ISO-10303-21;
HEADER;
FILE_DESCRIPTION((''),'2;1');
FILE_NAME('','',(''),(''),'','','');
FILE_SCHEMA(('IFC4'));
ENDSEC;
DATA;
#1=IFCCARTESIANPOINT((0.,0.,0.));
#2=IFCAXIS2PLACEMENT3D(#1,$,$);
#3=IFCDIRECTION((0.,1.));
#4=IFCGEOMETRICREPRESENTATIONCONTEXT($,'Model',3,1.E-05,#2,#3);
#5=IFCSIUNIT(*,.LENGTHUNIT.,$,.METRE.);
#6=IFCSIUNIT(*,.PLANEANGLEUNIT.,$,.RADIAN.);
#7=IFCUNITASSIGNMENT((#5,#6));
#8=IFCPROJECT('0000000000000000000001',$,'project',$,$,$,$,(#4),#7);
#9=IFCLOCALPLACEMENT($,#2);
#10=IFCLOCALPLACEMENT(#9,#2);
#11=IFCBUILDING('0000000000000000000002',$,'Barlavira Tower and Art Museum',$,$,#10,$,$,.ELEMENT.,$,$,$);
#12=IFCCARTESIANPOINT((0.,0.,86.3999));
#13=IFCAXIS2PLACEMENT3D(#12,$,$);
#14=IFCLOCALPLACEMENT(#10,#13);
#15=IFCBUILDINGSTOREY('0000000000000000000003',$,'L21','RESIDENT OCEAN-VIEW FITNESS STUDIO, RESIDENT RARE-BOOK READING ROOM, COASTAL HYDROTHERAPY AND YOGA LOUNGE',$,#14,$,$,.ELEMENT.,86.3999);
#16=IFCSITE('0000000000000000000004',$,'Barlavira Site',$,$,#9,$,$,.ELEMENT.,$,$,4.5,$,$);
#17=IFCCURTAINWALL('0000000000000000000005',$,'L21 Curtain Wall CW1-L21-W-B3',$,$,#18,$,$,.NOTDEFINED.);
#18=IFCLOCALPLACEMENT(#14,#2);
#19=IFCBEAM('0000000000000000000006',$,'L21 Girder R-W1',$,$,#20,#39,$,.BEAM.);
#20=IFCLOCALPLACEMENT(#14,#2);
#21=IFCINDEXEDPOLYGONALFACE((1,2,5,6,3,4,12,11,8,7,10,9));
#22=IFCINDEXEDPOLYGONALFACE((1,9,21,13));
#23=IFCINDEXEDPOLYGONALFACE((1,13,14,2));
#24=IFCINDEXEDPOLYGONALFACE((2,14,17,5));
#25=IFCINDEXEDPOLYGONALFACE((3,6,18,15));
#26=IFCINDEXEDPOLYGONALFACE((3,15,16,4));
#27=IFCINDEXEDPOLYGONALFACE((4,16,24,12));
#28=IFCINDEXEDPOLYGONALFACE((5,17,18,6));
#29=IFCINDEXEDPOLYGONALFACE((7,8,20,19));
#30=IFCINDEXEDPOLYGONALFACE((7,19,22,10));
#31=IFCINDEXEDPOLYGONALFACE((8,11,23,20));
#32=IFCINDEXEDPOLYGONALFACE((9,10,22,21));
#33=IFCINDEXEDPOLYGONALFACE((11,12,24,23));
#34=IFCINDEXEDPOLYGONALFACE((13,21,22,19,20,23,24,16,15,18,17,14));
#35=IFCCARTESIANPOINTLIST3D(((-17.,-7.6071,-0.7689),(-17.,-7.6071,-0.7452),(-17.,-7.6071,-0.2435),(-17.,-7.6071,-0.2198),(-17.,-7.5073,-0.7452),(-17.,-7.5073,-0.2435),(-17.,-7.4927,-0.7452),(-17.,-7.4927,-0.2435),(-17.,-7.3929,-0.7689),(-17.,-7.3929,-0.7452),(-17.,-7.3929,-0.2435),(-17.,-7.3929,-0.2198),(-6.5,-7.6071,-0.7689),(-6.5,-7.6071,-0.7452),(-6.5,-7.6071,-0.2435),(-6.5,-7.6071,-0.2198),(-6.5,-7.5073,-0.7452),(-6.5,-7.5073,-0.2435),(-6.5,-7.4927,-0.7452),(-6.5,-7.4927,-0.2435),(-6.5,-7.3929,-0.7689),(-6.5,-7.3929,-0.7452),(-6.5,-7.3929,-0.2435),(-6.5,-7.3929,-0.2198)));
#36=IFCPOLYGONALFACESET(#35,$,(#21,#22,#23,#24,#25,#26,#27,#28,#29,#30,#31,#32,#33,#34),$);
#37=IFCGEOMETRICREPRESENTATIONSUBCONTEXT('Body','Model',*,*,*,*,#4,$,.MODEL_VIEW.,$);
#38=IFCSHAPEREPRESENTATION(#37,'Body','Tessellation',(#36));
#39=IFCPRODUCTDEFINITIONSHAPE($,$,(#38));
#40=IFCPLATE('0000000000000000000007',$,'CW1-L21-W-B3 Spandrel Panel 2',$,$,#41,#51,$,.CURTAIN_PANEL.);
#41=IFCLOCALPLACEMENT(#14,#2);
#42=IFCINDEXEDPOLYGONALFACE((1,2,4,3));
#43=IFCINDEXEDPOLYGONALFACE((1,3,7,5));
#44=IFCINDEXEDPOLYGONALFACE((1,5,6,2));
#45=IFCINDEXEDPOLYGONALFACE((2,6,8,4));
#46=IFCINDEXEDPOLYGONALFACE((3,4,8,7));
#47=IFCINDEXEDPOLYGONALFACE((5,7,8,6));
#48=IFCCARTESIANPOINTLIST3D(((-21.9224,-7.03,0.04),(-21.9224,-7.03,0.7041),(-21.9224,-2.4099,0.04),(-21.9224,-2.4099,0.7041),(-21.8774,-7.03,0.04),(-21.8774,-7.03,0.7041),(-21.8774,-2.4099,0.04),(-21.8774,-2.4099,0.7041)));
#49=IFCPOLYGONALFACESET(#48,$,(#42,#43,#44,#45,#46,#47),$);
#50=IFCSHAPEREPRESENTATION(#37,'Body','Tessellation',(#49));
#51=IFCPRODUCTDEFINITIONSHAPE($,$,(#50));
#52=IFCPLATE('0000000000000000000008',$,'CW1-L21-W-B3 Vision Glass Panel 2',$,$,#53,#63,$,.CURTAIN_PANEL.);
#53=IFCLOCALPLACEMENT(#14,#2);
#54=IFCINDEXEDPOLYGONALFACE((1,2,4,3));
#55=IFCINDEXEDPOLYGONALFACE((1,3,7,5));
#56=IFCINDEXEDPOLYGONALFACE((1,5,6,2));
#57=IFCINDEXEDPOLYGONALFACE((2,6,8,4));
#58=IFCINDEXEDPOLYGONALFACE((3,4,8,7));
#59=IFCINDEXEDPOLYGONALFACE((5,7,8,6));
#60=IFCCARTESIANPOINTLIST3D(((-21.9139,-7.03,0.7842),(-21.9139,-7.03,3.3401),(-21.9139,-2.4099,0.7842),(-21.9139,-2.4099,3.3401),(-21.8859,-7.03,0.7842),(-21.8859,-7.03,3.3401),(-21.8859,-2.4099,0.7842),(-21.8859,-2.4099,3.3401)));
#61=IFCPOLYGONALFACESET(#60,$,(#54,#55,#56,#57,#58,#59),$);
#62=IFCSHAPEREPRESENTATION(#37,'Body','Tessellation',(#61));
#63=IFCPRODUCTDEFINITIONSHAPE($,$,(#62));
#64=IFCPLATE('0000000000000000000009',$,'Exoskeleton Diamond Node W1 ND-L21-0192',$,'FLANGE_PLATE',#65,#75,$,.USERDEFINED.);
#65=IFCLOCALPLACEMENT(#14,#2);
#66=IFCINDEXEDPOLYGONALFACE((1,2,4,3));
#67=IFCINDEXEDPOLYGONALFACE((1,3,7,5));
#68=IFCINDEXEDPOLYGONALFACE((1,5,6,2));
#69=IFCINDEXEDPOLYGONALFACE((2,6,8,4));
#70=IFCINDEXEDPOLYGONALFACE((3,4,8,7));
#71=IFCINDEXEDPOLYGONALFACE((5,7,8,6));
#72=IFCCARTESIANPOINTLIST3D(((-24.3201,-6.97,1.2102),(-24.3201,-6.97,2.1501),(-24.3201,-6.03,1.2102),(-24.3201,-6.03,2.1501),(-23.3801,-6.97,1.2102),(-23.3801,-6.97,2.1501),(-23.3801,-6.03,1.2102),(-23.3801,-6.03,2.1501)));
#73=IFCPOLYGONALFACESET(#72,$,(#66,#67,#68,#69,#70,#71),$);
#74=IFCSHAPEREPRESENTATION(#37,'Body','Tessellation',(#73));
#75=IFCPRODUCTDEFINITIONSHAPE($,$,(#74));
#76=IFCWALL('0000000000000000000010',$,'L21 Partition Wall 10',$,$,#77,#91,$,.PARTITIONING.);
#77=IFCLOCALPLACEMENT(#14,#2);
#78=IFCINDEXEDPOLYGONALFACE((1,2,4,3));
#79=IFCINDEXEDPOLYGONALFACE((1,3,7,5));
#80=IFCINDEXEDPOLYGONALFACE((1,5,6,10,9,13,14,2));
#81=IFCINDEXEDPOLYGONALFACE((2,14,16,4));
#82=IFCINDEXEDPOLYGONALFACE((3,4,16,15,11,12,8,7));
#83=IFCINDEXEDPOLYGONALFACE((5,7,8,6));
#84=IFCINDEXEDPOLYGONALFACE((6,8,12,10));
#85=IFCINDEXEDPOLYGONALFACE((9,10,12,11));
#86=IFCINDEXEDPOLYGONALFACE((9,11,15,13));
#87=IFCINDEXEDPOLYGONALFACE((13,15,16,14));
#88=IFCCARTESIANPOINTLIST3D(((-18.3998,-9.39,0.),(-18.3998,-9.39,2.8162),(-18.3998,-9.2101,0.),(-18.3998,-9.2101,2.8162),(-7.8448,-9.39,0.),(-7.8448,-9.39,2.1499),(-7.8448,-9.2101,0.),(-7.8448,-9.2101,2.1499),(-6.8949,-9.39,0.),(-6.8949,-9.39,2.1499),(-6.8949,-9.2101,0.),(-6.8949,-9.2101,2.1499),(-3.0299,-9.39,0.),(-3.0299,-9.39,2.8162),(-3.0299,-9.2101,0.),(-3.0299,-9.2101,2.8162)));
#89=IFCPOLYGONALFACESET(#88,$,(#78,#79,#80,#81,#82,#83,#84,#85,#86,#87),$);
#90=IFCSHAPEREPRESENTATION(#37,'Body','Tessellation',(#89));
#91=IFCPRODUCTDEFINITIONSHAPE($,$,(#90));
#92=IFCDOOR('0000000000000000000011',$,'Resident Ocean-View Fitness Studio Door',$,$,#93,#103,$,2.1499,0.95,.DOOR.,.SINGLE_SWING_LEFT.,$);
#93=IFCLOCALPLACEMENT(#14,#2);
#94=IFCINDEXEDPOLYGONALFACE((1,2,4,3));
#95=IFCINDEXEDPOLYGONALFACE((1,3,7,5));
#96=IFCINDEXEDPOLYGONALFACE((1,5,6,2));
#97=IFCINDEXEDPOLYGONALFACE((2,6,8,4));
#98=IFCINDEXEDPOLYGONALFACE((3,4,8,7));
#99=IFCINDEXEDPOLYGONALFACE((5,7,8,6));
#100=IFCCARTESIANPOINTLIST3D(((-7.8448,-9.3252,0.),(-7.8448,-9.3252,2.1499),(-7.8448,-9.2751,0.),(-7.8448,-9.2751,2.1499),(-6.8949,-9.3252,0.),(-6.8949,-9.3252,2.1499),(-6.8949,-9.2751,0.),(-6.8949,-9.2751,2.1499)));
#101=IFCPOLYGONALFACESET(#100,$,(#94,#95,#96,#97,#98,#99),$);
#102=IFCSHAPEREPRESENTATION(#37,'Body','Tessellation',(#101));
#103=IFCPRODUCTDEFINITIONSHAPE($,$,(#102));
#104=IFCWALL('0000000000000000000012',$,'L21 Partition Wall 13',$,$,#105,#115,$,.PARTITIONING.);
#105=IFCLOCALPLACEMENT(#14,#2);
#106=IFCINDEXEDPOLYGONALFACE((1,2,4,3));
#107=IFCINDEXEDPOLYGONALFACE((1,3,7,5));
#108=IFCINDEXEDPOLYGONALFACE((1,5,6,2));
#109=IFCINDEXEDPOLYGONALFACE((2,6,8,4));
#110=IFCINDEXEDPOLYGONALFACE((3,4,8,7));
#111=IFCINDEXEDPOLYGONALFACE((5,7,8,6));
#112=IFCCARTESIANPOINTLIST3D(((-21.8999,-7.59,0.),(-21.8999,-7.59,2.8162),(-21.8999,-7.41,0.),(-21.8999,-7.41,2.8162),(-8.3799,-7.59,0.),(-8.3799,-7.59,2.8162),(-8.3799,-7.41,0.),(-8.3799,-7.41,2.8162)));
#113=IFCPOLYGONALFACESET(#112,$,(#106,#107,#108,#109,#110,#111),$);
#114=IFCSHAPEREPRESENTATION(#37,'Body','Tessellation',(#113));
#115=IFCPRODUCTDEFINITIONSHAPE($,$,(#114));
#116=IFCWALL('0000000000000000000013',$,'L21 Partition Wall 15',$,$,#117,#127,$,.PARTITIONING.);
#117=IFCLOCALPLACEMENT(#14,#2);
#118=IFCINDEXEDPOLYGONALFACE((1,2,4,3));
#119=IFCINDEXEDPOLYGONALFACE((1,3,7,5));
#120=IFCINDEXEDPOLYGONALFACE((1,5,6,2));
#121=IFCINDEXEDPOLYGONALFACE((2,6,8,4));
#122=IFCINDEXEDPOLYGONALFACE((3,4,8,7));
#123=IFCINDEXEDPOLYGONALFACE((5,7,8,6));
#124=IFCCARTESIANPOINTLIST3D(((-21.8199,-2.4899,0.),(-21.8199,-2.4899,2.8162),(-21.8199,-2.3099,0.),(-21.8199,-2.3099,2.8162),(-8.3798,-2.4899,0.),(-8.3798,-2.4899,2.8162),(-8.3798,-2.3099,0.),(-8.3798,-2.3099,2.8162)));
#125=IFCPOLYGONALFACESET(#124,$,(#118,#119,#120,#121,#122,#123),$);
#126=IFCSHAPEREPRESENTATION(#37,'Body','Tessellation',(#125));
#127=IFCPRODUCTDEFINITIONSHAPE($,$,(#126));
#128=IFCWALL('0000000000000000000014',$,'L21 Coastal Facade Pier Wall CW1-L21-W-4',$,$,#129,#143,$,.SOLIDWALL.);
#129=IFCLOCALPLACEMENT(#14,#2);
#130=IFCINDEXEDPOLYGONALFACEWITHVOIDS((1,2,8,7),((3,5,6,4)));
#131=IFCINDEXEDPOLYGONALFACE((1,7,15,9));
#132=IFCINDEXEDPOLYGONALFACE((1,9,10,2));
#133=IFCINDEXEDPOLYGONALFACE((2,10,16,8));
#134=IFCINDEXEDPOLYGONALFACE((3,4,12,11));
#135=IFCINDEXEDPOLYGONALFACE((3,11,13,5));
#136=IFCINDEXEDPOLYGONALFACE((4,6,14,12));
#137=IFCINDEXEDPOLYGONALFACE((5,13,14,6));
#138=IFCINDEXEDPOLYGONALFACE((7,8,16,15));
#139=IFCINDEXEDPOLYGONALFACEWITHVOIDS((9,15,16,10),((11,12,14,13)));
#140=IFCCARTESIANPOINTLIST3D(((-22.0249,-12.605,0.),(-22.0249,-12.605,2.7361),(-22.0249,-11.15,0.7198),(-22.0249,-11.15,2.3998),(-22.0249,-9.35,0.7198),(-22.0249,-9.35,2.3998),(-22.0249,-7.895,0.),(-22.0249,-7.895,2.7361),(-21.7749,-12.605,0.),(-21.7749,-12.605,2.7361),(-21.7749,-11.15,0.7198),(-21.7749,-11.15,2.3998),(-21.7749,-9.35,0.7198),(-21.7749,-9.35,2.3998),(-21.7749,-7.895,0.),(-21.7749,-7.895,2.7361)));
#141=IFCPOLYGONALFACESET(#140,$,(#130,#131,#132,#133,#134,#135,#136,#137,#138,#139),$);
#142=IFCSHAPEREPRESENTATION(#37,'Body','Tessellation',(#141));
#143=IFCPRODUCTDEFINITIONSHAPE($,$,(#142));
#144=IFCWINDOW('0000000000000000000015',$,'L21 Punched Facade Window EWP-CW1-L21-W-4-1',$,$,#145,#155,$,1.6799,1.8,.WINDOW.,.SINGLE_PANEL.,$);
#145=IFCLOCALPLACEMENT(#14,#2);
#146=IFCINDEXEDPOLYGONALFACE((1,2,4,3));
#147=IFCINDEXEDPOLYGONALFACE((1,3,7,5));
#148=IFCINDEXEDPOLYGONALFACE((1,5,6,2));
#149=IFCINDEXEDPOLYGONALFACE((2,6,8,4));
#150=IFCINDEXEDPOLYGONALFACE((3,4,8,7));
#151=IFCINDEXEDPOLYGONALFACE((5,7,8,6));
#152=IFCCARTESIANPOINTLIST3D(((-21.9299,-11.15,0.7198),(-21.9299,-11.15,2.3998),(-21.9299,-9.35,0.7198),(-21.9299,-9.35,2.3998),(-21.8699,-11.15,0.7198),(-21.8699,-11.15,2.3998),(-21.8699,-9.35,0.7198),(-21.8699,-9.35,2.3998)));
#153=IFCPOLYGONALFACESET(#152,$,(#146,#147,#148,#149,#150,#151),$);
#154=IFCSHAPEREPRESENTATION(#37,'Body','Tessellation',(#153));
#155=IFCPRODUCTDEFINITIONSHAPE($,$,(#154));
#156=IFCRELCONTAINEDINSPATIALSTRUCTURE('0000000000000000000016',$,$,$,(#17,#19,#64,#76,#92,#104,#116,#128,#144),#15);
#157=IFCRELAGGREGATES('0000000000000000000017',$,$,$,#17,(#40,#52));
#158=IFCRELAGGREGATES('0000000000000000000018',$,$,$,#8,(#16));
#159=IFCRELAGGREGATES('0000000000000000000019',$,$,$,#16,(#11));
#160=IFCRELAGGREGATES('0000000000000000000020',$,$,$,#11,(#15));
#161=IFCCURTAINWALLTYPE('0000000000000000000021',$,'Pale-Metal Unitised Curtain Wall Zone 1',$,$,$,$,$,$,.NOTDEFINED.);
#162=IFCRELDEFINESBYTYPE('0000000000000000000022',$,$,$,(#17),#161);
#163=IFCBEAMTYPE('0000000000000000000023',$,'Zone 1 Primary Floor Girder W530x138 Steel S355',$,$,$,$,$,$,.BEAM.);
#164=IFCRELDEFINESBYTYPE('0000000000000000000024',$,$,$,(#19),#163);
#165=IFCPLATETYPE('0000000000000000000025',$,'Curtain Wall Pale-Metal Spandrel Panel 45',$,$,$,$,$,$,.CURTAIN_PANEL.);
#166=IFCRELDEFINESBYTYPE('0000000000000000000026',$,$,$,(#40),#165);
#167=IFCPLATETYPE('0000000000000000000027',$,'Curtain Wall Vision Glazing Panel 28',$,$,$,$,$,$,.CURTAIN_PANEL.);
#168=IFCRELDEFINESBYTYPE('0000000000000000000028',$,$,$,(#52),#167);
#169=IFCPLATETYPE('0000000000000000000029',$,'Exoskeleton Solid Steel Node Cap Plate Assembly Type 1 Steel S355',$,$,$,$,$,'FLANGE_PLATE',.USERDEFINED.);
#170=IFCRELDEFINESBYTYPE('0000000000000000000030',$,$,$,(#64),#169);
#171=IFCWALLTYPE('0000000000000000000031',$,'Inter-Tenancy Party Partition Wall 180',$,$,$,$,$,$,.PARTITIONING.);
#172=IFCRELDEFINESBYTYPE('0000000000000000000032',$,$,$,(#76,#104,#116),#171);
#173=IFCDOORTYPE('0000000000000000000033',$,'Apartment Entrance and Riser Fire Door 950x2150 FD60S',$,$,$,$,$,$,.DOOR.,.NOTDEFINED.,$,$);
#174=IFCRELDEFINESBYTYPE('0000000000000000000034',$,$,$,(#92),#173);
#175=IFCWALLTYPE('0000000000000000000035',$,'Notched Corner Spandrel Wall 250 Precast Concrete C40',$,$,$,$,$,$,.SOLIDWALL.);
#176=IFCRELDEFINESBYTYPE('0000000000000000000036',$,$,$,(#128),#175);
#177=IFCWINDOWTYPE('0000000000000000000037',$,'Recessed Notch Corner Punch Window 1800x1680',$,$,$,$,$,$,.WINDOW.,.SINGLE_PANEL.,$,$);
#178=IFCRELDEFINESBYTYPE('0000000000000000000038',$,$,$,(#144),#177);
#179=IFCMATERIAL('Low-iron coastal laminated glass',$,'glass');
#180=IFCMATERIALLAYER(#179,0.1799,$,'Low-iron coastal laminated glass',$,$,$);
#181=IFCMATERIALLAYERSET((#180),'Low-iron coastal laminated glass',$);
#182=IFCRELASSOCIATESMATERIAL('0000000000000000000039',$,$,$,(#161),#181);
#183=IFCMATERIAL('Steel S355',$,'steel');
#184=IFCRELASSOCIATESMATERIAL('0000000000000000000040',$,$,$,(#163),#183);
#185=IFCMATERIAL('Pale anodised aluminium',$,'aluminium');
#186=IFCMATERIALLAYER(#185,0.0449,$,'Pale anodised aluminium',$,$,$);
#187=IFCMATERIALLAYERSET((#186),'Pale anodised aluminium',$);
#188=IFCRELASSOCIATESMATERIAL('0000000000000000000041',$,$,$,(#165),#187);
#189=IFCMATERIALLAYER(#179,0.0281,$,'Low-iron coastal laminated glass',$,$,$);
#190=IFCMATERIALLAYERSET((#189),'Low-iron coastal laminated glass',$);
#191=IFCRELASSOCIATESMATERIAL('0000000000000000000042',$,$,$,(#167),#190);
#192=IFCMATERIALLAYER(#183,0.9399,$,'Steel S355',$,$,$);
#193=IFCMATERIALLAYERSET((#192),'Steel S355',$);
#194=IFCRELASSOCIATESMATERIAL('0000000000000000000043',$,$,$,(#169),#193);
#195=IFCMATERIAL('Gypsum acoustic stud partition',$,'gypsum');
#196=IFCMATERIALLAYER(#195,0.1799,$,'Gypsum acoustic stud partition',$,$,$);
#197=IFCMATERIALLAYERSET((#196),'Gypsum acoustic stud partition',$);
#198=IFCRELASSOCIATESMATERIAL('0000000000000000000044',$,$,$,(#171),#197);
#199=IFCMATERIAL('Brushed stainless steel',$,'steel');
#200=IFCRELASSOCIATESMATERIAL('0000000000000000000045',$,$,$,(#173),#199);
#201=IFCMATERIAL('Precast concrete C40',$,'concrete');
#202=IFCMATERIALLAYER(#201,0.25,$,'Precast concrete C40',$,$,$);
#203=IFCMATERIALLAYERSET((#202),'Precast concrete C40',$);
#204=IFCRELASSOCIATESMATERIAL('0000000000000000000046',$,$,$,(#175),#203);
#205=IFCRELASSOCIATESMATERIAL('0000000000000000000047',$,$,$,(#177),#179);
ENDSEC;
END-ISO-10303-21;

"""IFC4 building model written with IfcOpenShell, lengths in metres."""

from ifc_helpers import new_model, si_unit, direction, frame, frame_2d, origin, origin_2d, place, context, subcontext, project, spatial, rectangle, i_section, extrude, material, layer, layer_set, material_profile, profile_set, type_object, element, fill, aggregate, save


model = new_model("IFC4")

# Units and contexts
model_context = context("Model", 3, precision=1e-05, world=origin(), true_north=direction((0.0, 1.0)))
body_context = subcontext(model_context, "Body", "Model", "MODEL_VIEW")
ifc_project = project(units=[si_unit("LENGTHUNIT", "METRE"), si_unit("PLANEANGLEUNIT", "RADIAN")], contexts=[model_context])

# Site, building, storey
site_placement = place(None, origin())
site = spatial("IfcSite", under=ifc_project, at=site_placement, Name="Barlavira Site", CompositionType="ELEMENT", RefElevation=4.5)
building_placement = place(site_placement, origin())
building = spatial("IfcBuilding", under=site, at=building_placement, Name="Barlavira Tower and Art Museum", CompositionType="ELEMENT")
storey_placement = place(building_placement, frame((0.0, 0.0, 86.3999)))
storey = spatial("IfcBuildingStorey", under=building, at=storey_placement, Name="L21", Description="RESIDENT OCEAN-VIEW FITNESS STUDIO, RESIDENT RARE-BOOK READING ROOM, COASTAL HYDROTHERAPY AND YOGA LOUNGE", CompositionType="ELEMENT", Elevation=86.3999)

# Curtain wall
ifc_material_1 = material(Name="Low-iron coastal laminated glass", Category="glass")
ifc_layer_1 = layer(ifc_material_1, 0.1799, Name="Low-iron coastal laminated glass")
ifc_layer_set_1 = layer_set([ifc_layer_1], Name="Low-iron coastal laminated glass")
curtain_wall_type = type_object("IfcCurtainWallType", Name="Pale-Metal Unitised Curtain Wall Zone 1", PredefinedType="NOTDEFINED", material=ifc_layer_set_1)
curtain_wall_placement = place(storey_placement, origin())
curtain_wall = element("IfcCurtainWall", 1, at=curtain_wall_placement, inside=storey, type_object=curtain_wall_type, Name="L21 Curtain Wall CW1-L21-W-B3", PredefinedType="NOTDEFINED")
ifc_material_2 = material(Name="Pale anodised aluminium", Category="aluminium")

# Beam
ifc_material_3 = material(Name="Steel S355", Category="steel")
ifc_material_profile_1 = material_profile(ifc_material_3, i_section(OverallWidth=0.2141, OverallDepth=0.5491, WebThickness=0.0146, FlangeThickness=0.0237, at=origin_2d()), Name="W530x138.0")
ifc_profile_set_1 = profile_set([ifc_material_profile_1], Name="Steel S355")
beam_type_1 = type_object("IfcBeamType", Name="Zone 1 Primary Floor Girder W530x138 Steel S355", PredefinedType="BEAM", material=ifc_profile_set_1)
beam_1_placement = place(storey_placement, frame((-17.0, -7.5, -0.4944), z_axis=(1.0, 0.0, 0.0), x_axis=(0.0, 1.0, 0.0)))
element("IfcBeam", 2, at=beam_1_placement, inside=storey, type_object=beam_type_1, Name="L21 Girder R-W1", PredefinedType="BEAM", context=body_context, shape_type="SweptSolid", body=[
    extrude(i_section(OverallWidth=0.2141, OverallDepth=0.5491, WebThickness=0.0146, FlangeThickness=0.0237, at=origin_2d()), origin(), (0.0, 0.0, 1.0), 10.5),
])

# Plates
ifc_layer_2 = layer(ifc_material_2, 0.0449, Name="Pale anodised aluminium")
ifc_layer_set_2 = layer_set([ifc_layer_2], Name="Pale anodised aluminium")
plate_type_1 = type_object("IfcPlateType", Name="Curtain Wall Pale-Metal Spandrel Panel 45", PredefinedType="CURTAIN_PANEL", material=ifc_layer_set_2)
plate_1_placement = place(storey_placement, frame((-21.8999, -4.72, 0.04), z_axis=(0.0, 0.0, 1.0), x_axis=(0.0, -1.0, 0.0)))
plate_1 = element("IfcPlate", 3, at=plate_1_placement, type_object=plate_type_1, Name="CW1-L21-W-B3 Spandrel Panel 2", PredefinedType="CURTAIN_PANEL", context=body_context, shape_type="SweptSolid", body=[
    extrude(rectangle(XDim=4.6201, YDim=0.0449, at=origin_2d()), origin(), (0.0, 0.0, 1.0), 0.6641),
])
ifc_layer_3 = layer(ifc_material_1, 0.0281, Name="Low-iron coastal laminated glass")
ifc_layer_set_3 = layer_set([ifc_layer_3], Name="Low-iron coastal laminated glass")
plate_type_2 = type_object("IfcPlateType", Name="Curtain Wall Vision Glazing Panel 28", PredefinedType="CURTAIN_PANEL", material=ifc_layer_set_3)
plate_2_placement = place(storey_placement, frame((-21.8999, -4.72, 0.7842), z_axis=(0.0, 0.0, 1.0), x_axis=(0.0, -1.0, 0.0)))
plate_2 = element("IfcPlate", 4, at=plate_2_placement, type_object=plate_type_2, Name="CW1-L21-W-B3 Vision Glass Panel 2", PredefinedType="CURTAIN_PANEL", context=body_context, shape_type="SweptSolid", body=[
    extrude(rectangle(XDim=4.6201, YDim=0.0281, at=origin_2d()), origin(), (0.0, 0.0, 1.0), 2.5559),
])
aggregate(curtain_wall, [plate_1, plate_2])
ifc_layer_4 = layer(ifc_material_3, 0.9399, Name="Steel S355")
ifc_layer_set_4 = layer_set([ifc_layer_4], Name="Steel S355")
plate_type_3 = type_object("IfcPlateType", Name="Exoskeleton Solid Steel Node Cap Plate Assembly Type 1 Steel S355", ElementType="FLANGE_PLATE", PredefinedType="USERDEFINED", material=ifc_layer_set_4)
plate_3_placement = place(storey_placement, frame((-23.8501, -6.5, 1.2102), z_axis=(0.0, 0.0, 1.0), x_axis=(1.0, 0.0, 0.0)))
element("IfcPlate", 5, at=plate_3_placement, inside=storey, type_object=plate_type_3, Name="Exoskeleton Diamond Node W1 ND-L21-0192", ObjectType="FLANGE_PLATE", PredefinedType="USERDEFINED", context=body_context, shape_type="SweptSolid", body=[
    extrude(rectangle(XDim=0.9399, YDim=0.9399, at=origin_2d()), origin(), (0.0, 0.0, 1.0), 0.9399),
])

# Wall, opening, door
ifc_material_4 = material(Name="Gypsum acoustic stud partition", Category="gypsum")
ifc_layer_5 = layer(ifc_material_4, 0.1799, Name="Gypsum acoustic stud partition")
ifc_layer_set_5 = layer_set([ifc_layer_5], Name="Gypsum acoustic stud partition")
wall_type_1 = type_object("IfcWallType", Name="Inter-Tenancy Party Partition Wall 180", PredefinedType="PARTITIONING", material=ifc_layer_set_5)
wall_1_placement = place(storey_placement, frame((-18.3999, -9.3, 0.0), z_axis=(0.0, 0.0, 1.0), x_axis=(1.0, 0.0, 0.0)))
wall_1 = element("IfcWall", 6, at=wall_1_placement, inside=storey, type_object=wall_type_1, Name="L21 Partition Wall 10", PredefinedType="PARTITIONING", context=body_context, shape_type="SweptSolid", body=[
    extrude(rectangle(XDim=15.3699, YDim=0.1799, at=frame_2d((7.6851, 0.0))), origin(), (0.0, 0.0, 1.0), 2.8162),
])
opening_1_placement = place(wall_1_placement, frame((10.5549, 0.0, 0.0)))
opening_1 = element("IfcOpeningElement", 7, at=opening_1_placement, cuts=wall_1, PredefinedType="OPENING", context=body_context, shape_type="SweptSolid", body=[
    extrude(rectangle(XDim=0.95, YDim=2.1499, at=frame_2d((0.4751, 1.075))), frame((0.0, 0.1001, 0.0), z_axis=(0.0, -1.0, 0.0), x_axis=(1.0, 0.0, 0.0)), (0.0, 0.0, 1.0), 0.2),
])
ifc_material_5 = material(Name="Brushed stainless steel", Category="steel")
door_type = type_object("IfcDoorType", Name="Apartment Entrance and Riser Fire Door 950x2150 FD60S", OperationType="NOTDEFINED", PredefinedType="DOOR", material=ifc_material_5)
door_placement = place(opening_1_placement, origin())
door = element("IfcDoor", 8, at=door_placement, inside=storey, type_object=door_type, Name="Resident Ocean-View Fitness Studio Door", OperationType="SINGLE_SWING_LEFT", OverallHeight=2.1499, OverallWidth=0.95, PredefinedType="DOOR", context=body_context, shape_type="SweptSolid", body=[
    extrude(rectangle(XDim=0.95, YDim=2.1499, at=frame_2d((0.4751, 1.075))), frame((0.0, 0.0249, 0.0), z_axis=(0.0, -1.0, 0.0), x_axis=(1.0, 0.0, 0.0)), (0.0, 0.0, 1.0), 0.05),
])
fill(opening_1, door)

# Walls
wall_2_placement = place(storey_placement, frame((-21.8999, -7.5, 0.0), z_axis=(0.0, 0.0, 1.0), x_axis=(1.0, 0.0, 0.0)))
element("IfcWall", 9, at=wall_2_placement, inside=storey, type_object=wall_type_1, Name="L21 Partition Wall 13", PredefinedType="PARTITIONING", context=body_context, shape_type="SweptSolid", body=[
    extrude(rectangle(XDim=13.52, YDim=0.1799, at=frame_2d((6.76, 0.0))), origin(), (0.0, 0.0, 1.0), 2.8162),
])
wall_3_placement = place(storey_placement, frame((-21.8201, -2.3999, 0.0), z_axis=(0.0, 0.0, 1.0), x_axis=(1.0, 0.0, 0.0)))
element("IfcWall", 10, at=wall_3_placement, inside=storey, type_object=wall_type_1, Name="L21 Partition Wall 15", PredefinedType="PARTITIONING", context=body_context, shape_type="SweptSolid", body=[
    extrude(rectangle(XDim=13.4402, YDim=0.1799, at=frame_2d((6.7202, 0.0))), origin(), (0.0, 0.0, 1.0), 2.8162),
])

# Wall, opening, window
ifc_material_6 = material(Name="Precast concrete C40", Category="concrete")
ifc_layer_6 = layer(ifc_material_6, 0.25, Name="Precast concrete C40")
ifc_layer_set_6 = layer_set([ifc_layer_6], Name="Precast concrete C40")
wall_type_2 = type_object("IfcWallType", Name="Notched Corner Spandrel Wall 250 Precast Concrete C40", PredefinedType="SOLIDWALL", material=ifc_layer_set_6)
wall_4_placement = place(storey_placement, frame((-21.8999, -7.895, 0.0), z_axis=(0.0, 0.0, 1.0), x_axis=(0.0, -1.0, 0.0)))
wall_4 = element("IfcWall", 11, at=wall_4_placement, inside=storey, type_object=wall_type_2, Name="L21 Coastal Facade Pier Wall CW1-L21-W-4", PredefinedType="SOLIDWALL", context=body_context, shape_type="SweptSolid", body=[
    extrude(rectangle(XDim=4.71, YDim=0.25, at=frame_2d((2.355, 0.0))), origin(), (0.0, 0.0, 1.0), 2.7361),
])
opening_2_placement = place(wall_4_placement, frame((1.4551, 0.0, 0.72)))
opening_2 = element("IfcOpeningElement", 12, at=opening_2_placement, cuts=wall_4, PredefinedType="OPENING", context=body_context, shape_type="SweptSolid", body=[
    extrude(rectangle(XDim=1.8, YDim=1.6799, at=frame_2d((0.8999, 0.8398))), frame((0.0, 0.135, 0.0), z_axis=(0.0, -1.0, 0.0), x_axis=(1.0, 0.0, 0.0)), (0.0, 0.0, 1.0), 0.27),
])
window_type = type_object("IfcWindowType", Name="Recessed Notch Corner Punch Window 1800x1680", PartitioningType="SINGLE_PANEL", PredefinedType="WINDOW", material=ifc_material_1)
window_placement = place(opening_2_placement, origin())
window = element("IfcWindow", 13, at=window_placement, inside=storey, type_object=window_type, Name="L21 Punched Facade Window EWP-CW1-L21-W-4-1", OverallHeight=1.6799, OverallWidth=1.8, PartitioningType="SINGLE_PANEL", PredefinedType="WINDOW", context=body_context, shape_type="SweptSolid", body=[
    extrude(rectangle(XDim=1.8, YDim=1.6799, at=frame_2d((0.8999, 0.8398))), frame((0.0, 0.03, 0.0), z_axis=(0.0, -1.0, 0.0), x_axis=(1.0, 0.0, 0.0)), (0.0, 0.0, 1.0), 0.0601),
])
fill(opening_2, window)

save(model, "model.ifc")
